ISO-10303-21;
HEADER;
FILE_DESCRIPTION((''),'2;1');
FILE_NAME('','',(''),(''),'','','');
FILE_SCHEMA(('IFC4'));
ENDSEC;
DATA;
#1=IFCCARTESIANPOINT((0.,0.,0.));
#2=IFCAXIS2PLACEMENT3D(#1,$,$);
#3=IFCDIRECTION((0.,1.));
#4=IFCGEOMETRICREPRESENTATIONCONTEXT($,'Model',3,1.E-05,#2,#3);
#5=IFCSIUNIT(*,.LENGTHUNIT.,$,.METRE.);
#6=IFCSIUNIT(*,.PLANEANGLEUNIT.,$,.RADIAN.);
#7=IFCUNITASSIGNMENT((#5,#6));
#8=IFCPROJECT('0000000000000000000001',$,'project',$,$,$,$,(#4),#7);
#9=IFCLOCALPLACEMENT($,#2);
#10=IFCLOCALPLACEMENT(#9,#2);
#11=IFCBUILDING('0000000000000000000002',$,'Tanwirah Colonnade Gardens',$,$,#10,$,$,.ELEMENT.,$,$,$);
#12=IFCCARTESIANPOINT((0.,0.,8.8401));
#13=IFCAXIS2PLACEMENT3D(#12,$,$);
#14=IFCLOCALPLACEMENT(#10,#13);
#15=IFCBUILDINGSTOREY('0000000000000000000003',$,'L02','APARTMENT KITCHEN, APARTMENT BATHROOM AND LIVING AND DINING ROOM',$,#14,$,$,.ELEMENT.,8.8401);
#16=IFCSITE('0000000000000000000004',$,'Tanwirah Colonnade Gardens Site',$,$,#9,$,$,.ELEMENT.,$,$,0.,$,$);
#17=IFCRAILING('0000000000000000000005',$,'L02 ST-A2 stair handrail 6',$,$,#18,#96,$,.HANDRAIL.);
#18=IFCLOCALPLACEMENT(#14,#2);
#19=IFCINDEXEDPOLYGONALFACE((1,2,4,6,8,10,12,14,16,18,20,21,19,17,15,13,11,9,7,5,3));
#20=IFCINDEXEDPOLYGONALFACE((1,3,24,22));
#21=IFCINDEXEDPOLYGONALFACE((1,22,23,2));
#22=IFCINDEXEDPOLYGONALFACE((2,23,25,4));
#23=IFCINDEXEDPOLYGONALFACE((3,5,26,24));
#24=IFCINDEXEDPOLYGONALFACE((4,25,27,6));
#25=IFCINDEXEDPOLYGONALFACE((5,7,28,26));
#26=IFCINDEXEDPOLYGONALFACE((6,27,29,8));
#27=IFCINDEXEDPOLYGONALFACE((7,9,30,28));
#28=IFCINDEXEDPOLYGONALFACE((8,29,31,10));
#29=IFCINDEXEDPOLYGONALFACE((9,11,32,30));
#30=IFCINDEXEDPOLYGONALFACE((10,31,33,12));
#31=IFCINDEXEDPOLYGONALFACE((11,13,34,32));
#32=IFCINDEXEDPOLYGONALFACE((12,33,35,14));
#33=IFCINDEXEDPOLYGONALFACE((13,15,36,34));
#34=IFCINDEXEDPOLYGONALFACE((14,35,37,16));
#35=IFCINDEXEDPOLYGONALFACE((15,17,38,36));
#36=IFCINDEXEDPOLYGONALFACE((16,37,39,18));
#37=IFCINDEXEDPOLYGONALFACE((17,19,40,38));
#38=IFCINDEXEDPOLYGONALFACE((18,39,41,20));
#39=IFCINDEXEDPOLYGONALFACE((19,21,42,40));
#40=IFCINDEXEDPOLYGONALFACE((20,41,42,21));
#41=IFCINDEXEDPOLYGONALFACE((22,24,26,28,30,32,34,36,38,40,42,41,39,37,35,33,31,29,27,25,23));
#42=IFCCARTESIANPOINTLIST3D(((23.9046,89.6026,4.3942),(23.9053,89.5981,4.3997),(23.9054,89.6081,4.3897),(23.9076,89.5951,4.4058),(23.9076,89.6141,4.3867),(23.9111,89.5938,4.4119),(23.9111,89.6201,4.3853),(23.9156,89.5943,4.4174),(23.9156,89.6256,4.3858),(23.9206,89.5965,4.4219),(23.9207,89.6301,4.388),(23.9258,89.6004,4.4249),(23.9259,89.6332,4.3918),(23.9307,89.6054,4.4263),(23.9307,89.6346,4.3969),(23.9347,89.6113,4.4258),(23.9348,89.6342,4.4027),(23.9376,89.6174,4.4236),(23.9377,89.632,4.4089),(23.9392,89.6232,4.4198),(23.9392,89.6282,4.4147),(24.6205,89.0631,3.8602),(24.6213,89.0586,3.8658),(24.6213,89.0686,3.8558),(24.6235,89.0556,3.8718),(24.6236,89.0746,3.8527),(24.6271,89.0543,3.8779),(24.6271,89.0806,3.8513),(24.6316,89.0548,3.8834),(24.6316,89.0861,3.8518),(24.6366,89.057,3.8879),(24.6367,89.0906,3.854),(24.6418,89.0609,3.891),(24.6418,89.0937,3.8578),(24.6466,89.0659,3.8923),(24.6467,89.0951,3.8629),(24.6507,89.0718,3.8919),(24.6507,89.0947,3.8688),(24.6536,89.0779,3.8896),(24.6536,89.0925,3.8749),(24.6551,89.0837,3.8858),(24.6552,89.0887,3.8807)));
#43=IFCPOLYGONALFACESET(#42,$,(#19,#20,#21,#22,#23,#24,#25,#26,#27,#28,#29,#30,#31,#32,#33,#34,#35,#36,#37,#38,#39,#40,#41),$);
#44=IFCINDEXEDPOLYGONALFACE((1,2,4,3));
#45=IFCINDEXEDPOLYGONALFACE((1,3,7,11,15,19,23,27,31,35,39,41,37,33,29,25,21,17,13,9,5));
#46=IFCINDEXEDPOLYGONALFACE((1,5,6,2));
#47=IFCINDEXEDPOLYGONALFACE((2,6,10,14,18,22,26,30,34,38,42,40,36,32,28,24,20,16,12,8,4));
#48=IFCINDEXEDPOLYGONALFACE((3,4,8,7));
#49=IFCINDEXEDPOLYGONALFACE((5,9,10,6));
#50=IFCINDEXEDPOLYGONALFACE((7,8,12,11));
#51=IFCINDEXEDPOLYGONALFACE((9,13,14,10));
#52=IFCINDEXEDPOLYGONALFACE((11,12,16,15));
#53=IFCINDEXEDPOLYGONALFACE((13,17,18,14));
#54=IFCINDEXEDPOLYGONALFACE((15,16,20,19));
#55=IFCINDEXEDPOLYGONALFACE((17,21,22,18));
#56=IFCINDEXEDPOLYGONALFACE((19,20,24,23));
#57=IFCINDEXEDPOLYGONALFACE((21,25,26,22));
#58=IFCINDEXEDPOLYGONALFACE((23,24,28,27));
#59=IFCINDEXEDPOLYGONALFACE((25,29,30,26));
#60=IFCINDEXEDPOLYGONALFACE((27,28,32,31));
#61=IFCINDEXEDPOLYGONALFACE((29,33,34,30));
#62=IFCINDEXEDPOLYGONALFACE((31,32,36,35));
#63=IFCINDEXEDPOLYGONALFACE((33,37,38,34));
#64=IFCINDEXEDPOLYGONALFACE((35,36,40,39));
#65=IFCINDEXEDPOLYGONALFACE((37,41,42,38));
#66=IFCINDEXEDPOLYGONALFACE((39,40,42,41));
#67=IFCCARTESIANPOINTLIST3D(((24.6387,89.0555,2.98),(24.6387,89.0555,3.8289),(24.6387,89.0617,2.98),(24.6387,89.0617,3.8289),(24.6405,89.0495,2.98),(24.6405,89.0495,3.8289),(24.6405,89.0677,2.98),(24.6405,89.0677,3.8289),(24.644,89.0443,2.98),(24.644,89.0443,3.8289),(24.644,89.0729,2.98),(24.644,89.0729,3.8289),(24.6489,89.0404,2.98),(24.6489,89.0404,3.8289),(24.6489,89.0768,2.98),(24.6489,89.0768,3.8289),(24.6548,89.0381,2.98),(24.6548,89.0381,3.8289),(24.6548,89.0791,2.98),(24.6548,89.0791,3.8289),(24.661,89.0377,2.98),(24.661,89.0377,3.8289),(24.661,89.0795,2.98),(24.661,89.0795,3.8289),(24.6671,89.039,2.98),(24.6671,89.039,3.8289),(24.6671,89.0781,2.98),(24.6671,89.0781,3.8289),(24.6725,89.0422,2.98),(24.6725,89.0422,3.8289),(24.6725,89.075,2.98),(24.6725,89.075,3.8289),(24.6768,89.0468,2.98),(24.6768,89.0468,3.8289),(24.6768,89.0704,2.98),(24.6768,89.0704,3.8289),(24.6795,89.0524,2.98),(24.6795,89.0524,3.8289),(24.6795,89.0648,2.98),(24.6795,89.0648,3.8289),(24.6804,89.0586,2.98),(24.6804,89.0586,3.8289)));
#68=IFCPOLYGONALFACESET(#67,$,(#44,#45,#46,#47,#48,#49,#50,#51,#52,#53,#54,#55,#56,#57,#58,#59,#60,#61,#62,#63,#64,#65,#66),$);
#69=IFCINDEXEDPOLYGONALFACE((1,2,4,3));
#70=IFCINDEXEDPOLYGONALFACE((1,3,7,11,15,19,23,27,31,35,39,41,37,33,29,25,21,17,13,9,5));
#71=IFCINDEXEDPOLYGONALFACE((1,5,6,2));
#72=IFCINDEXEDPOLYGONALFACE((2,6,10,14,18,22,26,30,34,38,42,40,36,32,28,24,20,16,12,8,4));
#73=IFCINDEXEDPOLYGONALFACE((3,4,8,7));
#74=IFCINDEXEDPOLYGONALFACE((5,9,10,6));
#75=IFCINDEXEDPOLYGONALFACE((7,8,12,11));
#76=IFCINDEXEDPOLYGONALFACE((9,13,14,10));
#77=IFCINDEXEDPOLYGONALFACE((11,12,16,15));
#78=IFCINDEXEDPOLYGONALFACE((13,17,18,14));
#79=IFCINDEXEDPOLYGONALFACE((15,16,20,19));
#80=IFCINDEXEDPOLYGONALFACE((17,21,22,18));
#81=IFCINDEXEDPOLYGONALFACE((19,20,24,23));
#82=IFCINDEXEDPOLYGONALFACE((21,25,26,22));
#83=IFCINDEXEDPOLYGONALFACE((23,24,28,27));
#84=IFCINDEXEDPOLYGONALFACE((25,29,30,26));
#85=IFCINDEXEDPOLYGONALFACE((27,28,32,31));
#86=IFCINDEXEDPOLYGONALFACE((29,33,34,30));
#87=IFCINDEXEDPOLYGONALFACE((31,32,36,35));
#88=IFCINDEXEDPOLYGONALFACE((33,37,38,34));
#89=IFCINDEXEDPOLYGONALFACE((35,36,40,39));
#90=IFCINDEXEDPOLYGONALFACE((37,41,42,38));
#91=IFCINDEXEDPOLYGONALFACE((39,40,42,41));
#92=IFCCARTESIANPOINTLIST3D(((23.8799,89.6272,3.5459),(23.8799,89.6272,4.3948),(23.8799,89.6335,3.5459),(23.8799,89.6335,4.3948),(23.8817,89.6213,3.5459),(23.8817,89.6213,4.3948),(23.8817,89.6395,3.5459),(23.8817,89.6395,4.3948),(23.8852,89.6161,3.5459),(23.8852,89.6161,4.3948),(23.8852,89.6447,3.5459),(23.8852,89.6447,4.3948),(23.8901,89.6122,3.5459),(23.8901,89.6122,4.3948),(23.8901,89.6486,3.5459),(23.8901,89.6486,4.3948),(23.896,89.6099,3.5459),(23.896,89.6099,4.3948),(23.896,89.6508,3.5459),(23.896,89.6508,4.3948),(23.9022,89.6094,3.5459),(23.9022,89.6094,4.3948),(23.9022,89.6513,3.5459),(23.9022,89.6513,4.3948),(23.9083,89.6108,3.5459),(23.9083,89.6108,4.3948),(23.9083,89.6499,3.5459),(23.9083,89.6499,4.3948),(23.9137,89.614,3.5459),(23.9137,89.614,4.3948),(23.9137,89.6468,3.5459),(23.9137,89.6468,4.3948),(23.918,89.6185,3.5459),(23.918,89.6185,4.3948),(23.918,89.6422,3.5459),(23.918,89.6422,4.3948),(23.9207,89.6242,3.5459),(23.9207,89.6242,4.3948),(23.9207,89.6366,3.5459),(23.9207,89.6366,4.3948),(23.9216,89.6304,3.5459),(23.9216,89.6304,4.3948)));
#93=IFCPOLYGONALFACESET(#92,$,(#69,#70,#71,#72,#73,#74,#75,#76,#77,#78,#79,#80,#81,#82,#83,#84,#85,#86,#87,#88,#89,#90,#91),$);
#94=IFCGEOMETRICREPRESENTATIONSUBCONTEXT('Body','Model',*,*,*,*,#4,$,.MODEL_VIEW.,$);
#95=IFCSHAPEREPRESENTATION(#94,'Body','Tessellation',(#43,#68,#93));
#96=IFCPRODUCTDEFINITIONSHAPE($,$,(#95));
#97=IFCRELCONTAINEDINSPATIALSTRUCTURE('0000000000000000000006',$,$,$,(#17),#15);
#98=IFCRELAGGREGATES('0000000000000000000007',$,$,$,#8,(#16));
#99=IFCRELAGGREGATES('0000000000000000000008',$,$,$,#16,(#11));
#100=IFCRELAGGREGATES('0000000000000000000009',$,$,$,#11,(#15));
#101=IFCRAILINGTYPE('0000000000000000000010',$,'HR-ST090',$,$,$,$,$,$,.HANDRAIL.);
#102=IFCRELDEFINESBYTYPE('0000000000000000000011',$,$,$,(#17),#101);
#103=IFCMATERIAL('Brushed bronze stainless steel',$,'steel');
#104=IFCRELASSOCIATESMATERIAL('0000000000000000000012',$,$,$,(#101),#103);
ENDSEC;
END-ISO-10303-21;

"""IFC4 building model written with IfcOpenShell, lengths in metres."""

from ifc_helpers import new_model, si_unit, direction, frame, origin, origin_2d, place, context, subcontext, project, spatial, circle, extrude, material, type_object, element, save


model = new_model("IFC4")

# Units and contexts
model_context = context("Model", 3, precision=1e-05, world=origin(), true_north=direction((0.0, 1.0)))
body_context = subcontext(model_context, "Body", "Model", "MODEL_VIEW")
ifc_project = project(units=[si_unit("LENGTHUNIT", "METRE"), si_unit("PLANEANGLEUNIT", "RADIAN")], contexts=[model_context])

# Site, building, storey
site_placement = place(None, origin())
site = spatial("IfcSite", under=ifc_project, at=site_placement, Name="Tanwirah Colonnade Gardens Site", CompositionType="ELEMENT", RefElevation=0.0)
building_placement = place(site_placement, origin())
building = spatial("IfcBuilding", under=site, at=building_placement, Name="Tanwirah Colonnade Gardens", CompositionType="ELEMENT")
storey_placement = place(building_placement, frame((0.0, 0.0, 8.8401)))
storey = spatial("IfcBuildingStorey", under=building, at=storey_placement, Name="L02", Description="APARTMENT KITCHEN, APARTMENT BATHROOM AND LIVING AND DINING ROOM", CompositionType="ELEMENT", Elevation=8.8401)

# Railing
ifc_material_1 = material(Name="Brushed bronze stainless steel", Category="steel")
railing_type_1 = type_object("IfcRailingType", Name="HR-ST090", PredefinedType="HANDRAIL", material=ifc_material_1)
railing_1_placement = place(storey_placement, frame((24.6594, 89.0586, 2.98)))
element("IfcRailing", 1, at=railing_1_placement, inside=storey, type_object=railing_type_1, Name="L02 ST-A2 stair handrail 6", PredefinedType="HANDRAIL", context=body_context, shape_type="SweptSolid", body=[
    extrude(circle(Radius=0.0239, at=origin_2d()), frame((-0.0215, 0.0161, 0.8918), z_axis=(-0.686145, 0.517037, 0.511739), x_axis=(-0.601807, -0.798641, 0.0)), (0.0, 0.0, 1.0), 1.0435),
    extrude(circle(Radius=0.021, at=origin_2d()), origin(), (0.0, 0.0, 1.0), 0.8489),
    extrude(circle(Radius=0.021, at=origin_2d()), frame((-0.7588, 0.5718, 0.5659)), (0.0, 0.0, 1.0), 0.8489),
])

save(model, "model.ifc")
